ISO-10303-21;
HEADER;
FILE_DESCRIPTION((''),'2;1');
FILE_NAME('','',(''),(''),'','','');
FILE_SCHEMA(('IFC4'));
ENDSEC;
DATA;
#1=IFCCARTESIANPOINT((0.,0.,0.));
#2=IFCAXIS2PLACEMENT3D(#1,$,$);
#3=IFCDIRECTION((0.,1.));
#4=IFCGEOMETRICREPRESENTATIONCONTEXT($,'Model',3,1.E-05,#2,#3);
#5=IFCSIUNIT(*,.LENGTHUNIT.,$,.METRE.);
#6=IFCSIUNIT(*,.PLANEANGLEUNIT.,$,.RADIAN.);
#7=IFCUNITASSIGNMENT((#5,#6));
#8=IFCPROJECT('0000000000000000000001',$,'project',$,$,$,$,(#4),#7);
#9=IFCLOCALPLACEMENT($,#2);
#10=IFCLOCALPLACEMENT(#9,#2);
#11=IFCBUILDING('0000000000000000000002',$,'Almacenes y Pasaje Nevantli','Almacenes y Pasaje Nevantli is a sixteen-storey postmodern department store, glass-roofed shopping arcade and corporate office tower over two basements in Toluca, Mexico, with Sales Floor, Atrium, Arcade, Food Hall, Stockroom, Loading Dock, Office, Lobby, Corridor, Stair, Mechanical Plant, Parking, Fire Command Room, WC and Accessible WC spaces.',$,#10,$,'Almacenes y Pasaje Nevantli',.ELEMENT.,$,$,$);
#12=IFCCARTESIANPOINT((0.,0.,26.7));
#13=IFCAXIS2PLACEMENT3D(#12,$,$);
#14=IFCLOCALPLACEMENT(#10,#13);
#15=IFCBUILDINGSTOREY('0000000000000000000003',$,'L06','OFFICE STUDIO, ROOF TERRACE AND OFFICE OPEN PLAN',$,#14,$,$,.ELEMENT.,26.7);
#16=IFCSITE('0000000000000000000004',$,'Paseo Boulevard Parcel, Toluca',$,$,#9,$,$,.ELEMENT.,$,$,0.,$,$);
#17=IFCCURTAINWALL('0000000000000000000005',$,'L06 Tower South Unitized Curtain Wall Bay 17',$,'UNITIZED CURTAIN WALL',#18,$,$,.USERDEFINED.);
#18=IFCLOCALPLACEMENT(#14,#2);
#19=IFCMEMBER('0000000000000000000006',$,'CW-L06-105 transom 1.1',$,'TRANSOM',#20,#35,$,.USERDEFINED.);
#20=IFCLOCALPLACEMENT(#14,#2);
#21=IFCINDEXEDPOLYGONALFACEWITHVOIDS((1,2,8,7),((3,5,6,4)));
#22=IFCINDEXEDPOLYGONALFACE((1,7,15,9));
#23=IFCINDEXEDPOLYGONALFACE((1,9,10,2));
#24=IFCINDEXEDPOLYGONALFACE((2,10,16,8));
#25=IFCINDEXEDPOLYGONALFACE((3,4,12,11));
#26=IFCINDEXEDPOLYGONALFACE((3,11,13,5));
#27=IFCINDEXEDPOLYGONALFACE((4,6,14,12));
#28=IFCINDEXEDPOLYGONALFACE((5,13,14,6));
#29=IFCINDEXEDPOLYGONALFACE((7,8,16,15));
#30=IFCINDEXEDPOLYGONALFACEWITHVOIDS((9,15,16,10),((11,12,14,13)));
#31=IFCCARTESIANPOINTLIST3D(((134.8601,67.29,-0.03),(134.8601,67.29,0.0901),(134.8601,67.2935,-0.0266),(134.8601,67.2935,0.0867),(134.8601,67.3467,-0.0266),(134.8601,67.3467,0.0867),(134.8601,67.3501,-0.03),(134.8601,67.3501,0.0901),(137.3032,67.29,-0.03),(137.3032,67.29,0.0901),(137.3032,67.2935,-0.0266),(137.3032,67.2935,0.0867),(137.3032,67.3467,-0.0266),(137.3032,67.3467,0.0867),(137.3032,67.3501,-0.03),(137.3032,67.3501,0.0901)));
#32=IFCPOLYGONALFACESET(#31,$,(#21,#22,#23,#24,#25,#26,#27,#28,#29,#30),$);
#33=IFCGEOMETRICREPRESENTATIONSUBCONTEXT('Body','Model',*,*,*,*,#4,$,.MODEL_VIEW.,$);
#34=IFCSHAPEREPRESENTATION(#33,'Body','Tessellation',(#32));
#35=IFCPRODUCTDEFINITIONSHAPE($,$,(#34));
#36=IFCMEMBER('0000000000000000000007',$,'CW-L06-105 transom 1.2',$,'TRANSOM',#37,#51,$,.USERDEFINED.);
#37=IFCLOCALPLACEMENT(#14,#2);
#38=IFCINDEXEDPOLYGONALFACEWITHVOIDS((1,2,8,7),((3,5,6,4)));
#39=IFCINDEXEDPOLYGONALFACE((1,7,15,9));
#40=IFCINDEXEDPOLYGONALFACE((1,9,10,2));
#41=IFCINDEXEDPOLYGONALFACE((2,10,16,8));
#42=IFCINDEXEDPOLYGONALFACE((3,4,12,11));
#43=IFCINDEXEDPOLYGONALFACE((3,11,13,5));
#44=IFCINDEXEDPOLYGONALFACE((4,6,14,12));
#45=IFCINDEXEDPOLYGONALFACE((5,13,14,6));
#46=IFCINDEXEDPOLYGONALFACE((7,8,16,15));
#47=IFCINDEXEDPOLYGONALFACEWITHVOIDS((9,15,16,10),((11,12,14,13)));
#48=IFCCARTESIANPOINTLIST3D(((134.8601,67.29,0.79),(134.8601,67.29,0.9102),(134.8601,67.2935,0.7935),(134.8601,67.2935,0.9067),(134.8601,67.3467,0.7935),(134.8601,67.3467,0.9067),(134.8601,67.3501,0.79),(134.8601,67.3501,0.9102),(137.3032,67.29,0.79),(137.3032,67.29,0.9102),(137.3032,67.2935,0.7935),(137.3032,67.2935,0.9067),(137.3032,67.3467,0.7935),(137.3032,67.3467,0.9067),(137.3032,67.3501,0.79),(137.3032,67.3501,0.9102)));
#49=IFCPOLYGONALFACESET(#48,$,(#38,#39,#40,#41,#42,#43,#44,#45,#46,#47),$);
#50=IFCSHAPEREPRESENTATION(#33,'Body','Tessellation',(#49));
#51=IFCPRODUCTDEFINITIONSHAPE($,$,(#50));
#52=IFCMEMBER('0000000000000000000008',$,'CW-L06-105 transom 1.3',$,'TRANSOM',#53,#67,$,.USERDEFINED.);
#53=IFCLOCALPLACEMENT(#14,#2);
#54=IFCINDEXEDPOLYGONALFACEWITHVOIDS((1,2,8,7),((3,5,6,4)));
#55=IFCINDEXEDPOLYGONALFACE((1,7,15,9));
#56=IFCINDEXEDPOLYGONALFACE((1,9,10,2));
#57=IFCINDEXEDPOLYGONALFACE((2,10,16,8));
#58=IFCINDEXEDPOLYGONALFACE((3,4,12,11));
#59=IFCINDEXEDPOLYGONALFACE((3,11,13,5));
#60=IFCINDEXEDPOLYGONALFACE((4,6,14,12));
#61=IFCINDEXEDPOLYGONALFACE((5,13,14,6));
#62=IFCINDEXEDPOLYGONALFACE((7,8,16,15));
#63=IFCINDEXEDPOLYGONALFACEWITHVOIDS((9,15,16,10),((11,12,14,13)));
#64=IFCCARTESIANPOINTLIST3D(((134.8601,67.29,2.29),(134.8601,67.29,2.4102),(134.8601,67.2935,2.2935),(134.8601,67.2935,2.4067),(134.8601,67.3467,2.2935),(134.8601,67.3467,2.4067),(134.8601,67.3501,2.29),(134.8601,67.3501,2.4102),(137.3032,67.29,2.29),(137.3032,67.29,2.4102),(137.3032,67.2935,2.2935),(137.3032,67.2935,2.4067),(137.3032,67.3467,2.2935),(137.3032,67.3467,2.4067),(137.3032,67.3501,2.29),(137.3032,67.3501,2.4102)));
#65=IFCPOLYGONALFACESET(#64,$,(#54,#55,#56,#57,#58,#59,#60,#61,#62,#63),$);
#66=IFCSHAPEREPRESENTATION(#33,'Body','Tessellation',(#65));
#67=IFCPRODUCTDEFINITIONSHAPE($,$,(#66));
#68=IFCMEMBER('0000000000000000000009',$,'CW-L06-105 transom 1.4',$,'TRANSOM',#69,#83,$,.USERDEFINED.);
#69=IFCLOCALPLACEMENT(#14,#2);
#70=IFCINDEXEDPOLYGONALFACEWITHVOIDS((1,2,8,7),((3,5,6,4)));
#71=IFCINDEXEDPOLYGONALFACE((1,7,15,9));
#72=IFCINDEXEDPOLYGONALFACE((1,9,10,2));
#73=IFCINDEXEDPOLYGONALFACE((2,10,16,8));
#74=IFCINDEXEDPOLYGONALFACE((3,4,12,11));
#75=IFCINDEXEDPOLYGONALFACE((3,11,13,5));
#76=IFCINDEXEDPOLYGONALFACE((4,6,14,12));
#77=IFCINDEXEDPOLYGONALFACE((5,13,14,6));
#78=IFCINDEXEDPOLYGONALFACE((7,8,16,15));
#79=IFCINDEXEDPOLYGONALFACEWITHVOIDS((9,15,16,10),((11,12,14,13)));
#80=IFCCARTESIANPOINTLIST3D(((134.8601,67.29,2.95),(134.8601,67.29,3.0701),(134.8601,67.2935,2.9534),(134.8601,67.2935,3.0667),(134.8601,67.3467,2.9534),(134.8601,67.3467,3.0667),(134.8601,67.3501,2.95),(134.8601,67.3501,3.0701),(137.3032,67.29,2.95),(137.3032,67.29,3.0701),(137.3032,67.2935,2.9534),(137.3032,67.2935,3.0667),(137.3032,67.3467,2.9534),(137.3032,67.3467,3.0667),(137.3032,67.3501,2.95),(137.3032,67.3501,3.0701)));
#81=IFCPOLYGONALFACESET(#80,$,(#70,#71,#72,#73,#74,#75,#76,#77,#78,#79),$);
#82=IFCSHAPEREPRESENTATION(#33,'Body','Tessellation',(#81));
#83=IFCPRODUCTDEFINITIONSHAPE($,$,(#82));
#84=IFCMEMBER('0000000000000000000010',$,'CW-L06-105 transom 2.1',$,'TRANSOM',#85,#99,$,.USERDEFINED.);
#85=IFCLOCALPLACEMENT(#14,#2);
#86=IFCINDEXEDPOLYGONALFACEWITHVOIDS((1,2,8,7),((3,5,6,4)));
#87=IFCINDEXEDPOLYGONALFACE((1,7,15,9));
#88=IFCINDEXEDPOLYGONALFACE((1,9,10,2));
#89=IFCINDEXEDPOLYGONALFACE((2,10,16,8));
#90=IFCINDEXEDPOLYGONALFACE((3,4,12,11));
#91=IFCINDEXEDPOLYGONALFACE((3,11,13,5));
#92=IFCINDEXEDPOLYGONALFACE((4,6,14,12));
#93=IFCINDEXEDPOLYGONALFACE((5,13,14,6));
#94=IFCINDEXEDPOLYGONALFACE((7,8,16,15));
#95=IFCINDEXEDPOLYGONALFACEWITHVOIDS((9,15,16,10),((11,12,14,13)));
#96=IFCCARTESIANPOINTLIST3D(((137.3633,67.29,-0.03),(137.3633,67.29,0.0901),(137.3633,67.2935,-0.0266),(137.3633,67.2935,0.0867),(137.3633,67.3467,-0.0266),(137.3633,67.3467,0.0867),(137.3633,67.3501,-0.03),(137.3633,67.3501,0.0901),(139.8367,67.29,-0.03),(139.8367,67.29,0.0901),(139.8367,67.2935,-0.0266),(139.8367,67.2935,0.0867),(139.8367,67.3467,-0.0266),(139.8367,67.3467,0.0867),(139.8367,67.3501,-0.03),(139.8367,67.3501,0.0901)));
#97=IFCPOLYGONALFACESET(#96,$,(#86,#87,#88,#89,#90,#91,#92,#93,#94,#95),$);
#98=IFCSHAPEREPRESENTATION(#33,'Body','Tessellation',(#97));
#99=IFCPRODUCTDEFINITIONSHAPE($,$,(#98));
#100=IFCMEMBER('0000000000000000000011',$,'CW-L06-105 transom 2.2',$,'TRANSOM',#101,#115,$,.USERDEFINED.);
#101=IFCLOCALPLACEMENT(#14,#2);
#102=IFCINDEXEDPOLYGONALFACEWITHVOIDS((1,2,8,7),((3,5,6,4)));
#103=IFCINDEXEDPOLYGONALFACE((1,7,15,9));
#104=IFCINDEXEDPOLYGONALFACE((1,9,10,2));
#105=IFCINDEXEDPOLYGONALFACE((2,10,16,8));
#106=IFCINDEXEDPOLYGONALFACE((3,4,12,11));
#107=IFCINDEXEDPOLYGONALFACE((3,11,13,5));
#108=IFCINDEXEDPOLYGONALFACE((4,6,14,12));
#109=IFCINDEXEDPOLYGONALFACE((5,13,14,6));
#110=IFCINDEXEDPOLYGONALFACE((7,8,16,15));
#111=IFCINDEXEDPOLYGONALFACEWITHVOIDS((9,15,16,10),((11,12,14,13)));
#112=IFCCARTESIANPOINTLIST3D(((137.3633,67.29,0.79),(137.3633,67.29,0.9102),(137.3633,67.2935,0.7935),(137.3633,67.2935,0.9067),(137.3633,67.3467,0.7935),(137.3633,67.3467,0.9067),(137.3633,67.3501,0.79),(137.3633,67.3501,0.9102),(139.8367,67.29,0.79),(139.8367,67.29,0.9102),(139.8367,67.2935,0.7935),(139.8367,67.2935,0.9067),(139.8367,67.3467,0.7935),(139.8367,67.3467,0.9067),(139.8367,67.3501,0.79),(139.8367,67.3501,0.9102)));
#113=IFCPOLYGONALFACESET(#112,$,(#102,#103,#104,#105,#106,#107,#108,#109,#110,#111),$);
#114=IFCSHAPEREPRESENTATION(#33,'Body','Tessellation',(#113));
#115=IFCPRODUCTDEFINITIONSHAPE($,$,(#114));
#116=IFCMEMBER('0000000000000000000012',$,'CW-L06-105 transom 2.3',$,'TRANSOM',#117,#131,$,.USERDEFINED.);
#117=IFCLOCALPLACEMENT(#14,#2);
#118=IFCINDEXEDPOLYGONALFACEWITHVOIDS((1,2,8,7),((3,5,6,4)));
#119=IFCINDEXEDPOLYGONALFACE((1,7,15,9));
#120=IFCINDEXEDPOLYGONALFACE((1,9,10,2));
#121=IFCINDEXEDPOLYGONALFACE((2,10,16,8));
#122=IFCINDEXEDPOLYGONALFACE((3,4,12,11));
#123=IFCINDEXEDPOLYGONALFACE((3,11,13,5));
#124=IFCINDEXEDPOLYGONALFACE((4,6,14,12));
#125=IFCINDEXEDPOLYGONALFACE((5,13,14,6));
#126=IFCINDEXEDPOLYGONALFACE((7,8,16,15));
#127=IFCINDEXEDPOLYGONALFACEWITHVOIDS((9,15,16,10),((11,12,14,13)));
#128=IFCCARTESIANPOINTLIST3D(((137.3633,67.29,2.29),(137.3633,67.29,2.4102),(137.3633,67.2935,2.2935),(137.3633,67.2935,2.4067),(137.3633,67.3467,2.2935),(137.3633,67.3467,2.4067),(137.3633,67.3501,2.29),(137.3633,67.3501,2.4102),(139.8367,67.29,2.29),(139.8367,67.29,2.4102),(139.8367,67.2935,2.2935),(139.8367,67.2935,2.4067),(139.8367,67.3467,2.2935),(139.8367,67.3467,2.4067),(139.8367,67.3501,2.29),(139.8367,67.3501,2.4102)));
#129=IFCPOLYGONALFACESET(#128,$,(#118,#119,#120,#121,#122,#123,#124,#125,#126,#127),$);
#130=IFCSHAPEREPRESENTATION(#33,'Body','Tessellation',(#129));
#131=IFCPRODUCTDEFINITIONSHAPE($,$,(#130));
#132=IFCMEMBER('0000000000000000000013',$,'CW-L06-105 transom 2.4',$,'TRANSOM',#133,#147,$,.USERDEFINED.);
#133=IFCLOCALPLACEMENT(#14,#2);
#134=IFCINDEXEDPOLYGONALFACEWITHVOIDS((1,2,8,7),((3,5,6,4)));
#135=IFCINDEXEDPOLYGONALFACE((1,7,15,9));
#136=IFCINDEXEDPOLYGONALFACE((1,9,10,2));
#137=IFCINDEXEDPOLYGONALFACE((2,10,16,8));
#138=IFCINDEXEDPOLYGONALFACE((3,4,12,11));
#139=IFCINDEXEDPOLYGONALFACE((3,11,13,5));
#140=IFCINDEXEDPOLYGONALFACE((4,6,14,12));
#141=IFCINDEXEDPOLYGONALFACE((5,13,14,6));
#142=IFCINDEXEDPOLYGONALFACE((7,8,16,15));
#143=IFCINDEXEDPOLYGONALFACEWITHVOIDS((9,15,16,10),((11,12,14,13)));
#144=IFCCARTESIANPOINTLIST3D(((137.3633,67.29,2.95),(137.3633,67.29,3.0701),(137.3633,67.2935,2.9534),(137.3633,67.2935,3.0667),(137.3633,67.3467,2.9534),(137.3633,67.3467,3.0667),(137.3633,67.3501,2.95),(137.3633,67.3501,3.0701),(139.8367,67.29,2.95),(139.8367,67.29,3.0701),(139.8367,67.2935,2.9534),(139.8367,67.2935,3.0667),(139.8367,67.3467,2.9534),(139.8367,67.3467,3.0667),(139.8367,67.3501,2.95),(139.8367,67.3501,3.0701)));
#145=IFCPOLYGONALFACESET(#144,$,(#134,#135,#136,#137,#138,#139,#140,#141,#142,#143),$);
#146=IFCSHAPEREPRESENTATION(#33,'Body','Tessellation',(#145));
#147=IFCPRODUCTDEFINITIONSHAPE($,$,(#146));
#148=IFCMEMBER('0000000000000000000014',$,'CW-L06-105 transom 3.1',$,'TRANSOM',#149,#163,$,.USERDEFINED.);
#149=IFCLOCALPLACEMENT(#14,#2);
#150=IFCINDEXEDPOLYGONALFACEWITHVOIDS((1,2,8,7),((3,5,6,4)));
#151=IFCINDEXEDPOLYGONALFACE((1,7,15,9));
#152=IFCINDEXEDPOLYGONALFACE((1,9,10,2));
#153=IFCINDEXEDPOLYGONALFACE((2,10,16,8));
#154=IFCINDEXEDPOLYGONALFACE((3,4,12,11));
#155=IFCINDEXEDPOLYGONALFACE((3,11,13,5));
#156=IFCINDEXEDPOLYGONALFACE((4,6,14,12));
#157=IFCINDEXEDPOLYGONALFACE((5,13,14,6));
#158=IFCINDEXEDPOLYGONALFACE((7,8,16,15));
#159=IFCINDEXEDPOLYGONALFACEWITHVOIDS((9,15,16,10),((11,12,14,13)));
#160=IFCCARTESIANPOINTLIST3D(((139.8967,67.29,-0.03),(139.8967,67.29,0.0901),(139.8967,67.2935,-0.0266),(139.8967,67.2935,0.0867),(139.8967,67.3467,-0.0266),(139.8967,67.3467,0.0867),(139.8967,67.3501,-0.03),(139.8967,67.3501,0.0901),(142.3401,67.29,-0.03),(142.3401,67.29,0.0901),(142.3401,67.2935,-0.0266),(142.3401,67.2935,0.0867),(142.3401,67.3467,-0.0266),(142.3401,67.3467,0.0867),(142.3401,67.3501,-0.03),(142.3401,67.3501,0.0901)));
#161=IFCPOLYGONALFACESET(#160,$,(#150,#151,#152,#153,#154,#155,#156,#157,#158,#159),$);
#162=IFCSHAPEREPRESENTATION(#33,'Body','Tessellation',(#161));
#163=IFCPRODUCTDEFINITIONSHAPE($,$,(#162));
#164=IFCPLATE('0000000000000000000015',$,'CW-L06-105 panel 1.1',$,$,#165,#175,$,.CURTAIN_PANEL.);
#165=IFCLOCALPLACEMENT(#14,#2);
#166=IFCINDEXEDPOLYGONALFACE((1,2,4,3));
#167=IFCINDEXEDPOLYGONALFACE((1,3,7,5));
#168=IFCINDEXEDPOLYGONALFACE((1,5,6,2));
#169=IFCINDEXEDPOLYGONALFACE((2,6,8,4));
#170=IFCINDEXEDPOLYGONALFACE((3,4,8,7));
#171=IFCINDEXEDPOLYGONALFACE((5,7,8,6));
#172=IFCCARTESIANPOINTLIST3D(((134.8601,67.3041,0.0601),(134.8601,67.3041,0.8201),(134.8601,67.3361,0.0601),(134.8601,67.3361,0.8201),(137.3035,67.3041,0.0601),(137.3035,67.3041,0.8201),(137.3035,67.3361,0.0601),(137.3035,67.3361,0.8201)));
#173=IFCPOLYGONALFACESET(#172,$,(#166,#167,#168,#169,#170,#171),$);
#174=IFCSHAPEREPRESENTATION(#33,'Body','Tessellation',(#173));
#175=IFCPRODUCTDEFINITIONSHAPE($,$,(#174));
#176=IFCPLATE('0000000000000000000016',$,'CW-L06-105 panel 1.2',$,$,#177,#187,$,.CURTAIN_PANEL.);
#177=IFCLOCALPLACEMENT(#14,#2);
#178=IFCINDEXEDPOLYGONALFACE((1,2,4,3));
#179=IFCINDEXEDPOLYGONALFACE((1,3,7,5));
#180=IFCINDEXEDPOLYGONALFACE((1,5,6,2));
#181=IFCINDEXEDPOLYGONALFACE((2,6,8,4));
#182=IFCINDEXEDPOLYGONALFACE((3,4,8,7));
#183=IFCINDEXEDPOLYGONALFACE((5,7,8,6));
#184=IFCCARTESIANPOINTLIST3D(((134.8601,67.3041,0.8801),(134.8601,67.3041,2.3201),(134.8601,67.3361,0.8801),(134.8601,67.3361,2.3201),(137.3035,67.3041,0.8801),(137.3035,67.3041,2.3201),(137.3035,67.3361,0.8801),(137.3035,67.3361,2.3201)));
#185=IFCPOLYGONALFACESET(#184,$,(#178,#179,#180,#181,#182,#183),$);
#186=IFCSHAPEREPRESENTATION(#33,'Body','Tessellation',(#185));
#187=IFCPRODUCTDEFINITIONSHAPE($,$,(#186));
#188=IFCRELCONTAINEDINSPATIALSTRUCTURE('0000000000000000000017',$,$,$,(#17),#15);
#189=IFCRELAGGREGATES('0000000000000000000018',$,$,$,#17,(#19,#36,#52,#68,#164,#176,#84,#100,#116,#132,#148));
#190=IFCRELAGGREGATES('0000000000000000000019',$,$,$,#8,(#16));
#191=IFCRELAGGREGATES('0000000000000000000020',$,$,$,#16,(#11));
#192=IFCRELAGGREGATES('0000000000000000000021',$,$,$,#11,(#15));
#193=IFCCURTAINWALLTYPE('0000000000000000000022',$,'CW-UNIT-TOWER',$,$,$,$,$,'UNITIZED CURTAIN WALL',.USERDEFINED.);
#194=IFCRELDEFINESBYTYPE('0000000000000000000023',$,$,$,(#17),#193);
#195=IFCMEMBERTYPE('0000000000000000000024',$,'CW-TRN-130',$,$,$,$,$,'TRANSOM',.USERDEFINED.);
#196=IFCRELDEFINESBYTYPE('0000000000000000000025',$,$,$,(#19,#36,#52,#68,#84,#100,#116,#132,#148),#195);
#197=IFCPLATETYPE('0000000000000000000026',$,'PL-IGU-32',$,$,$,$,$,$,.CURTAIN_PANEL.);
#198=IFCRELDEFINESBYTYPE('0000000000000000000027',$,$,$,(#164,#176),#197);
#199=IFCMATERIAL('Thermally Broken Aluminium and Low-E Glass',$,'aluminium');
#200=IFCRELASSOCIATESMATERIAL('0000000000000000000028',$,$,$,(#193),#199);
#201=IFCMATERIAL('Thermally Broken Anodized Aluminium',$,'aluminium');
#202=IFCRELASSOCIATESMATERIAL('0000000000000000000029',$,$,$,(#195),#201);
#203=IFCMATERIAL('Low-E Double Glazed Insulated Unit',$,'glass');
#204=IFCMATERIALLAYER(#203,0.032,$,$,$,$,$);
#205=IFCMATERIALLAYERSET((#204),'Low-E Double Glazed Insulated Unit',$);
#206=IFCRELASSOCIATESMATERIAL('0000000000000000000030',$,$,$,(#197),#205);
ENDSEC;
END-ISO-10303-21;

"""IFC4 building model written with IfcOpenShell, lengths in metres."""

from ifc_helpers import new_model, si_unit, direction, frame, origin, origin_2d, place, context, subcontext, project, spatial, rectangle, hollow_rectangle, extrude, material, layer, layer_set, material_profile, profile_set, type_object, element, aggregate, save


model = new_model("IFC4")

# Units and contexts
model_context = context("Model", 3, precision=1e-05, world=origin(), true_north=direction((0.0, 1.0)))
body_context = subcontext(model_context, "Body", "Model", "MODEL_VIEW")
ifc_project = project(units=[si_unit("LENGTHUNIT", "METRE"), si_unit("PLANEANGLEUNIT", "RADIAN")], contexts=[model_context])

# Site, building, storey
site_placement = place(None, origin())
site = spatial("IfcSite", under=ifc_project, at=site_placement, Name="Paseo Boulevard Parcel, Toluca", CompositionType="ELEMENT", RefElevation=0.0)
building_placement = place(site_placement, origin())
building = spatial("IfcBuilding", under=site, at=building_placement, Name="Almacenes y Pasaje Nevantli", Description="Almacenes y Pasaje Nevantli is a sixteen-storey postmodern department store, glass-roofed shopping arcade and corporate office tower over two basements in Toluca, Mexico, with Sales Floor, Atrium, Arcade, Food Hall, Stockroom, Loading Dock, Office, Lobby, Corridor, Stair, Mechanical Plant, Parking, Fire Command Room, WC and Accessible WC spaces.", LongName="Almacenes y Pasaje Nevantli", CompositionType="ELEMENT")
storey_placement = place(building_placement, frame((0.0, 0.0, 26.7)))
storey = spatial("IfcBuildingStorey", under=building, at=storey_placement, Name="L06", Description="OFFICE STUDIO, ROOF TERRACE AND OFFICE OPEN PLAN", CompositionType="ELEMENT", Elevation=26.7)

# Curtain wall, members, plates
ifc_material_1 = material(Name="Thermally Broken Aluminium and Low-E Glass", Category="aluminium")
curtain_wall_type = type_object("IfcCurtainWallType", Name="CW-UNIT-TOWER", ElementType="UNITIZED CURTAIN WALL", PredefinedType="USERDEFINED", material=ifc_material_1)
curtain_wall_placement = place(storey_placement, origin())
curtain_wall = element("IfcCurtainWall", 1, at=curtain_wall_placement, inside=storey, type_object=curtain_wall_type, Name="L06 Tower South Unitized Curtain Wall Bay 17", ObjectType="UNITIZED CURTAIN WALL", PredefinedType="USERDEFINED")
ifc_material_2 = material(Name="Thermally Broken Anodized Aluminium", Category="aluminium")
ifc_material_profile_1 = material_profile(ifc_material_2, hollow_rectangle(XDim=0.0601, YDim=0.1201, WallThickness=0.0034, at=origin_2d()), Name="ALU-TRN-60x120")
ifc_profile_set_1 = profile_set([ifc_material_profile_1], Name="Thermally Broken Anodized Aluminium")
member_type_1 = type_object("IfcMemberType", Name="CW-TRN-130", ElementType="TRANSOM", PredefinedType="USERDEFINED", material=ifc_profile_set_1)
member_1_placement = place(storey_placement, frame((134.8601, 67.3201, 0.03), z_axis=(1.0, 0.0, 0.0), x_axis=(0.0, 1.0, 0.0)))
member_1 = element("IfcMember", 2, at=member_1_placement, type_object=member_type_1, Name="CW-L06-105 transom 1.1", ObjectType="TRANSOM", PredefinedType="USERDEFINED", context=body_context, shape_type="SweptSolid", body=[
    extrude(hollow_rectangle(XDim=0.0601, YDim=0.1201, WallThickness=0.0034, at=origin_2d()), origin(), (0.0, 0.0, 1.0), 2.4431),
])
member_2_placement = place(storey_placement, frame((134.8601, 67.3201, 0.8501), z_axis=(1.0, 0.0, 0.0), x_axis=(0.0, 1.0, 0.0)))
member_2 = element("IfcMember", 3, at=member_2_placement, type_object=member_type_1, Name="CW-L06-105 transom 1.2", ObjectType="TRANSOM", PredefinedType="USERDEFINED", context=body_context, shape_type="SweptSolid", body=[
    extrude(hollow_rectangle(XDim=0.0601, YDim=0.1201, WallThickness=0.0034, at=origin_2d()), origin(), (0.0, 0.0, 1.0), 2.4431),
])
member_3_placement = place(storey_placement, frame((134.8601, 67.3201, 2.3501), z_axis=(1.0, 0.0, 0.0), x_axis=(0.0, 1.0, 0.0)))
member_3 = element("IfcMember", 4, at=member_3_placement, type_object=member_type_1, Name="CW-L06-105 transom 1.3", ObjectType="TRANSOM", PredefinedType="USERDEFINED", context=body_context, shape_type="SweptSolid", body=[
    extrude(hollow_rectangle(XDim=0.0601, YDim=0.1201, WallThickness=0.0034, at=origin_2d()), origin(), (0.0, 0.0, 1.0), 2.4431),
])
member_4_placement = place(storey_placement, frame((134.8601, 67.3201, 3.01), z_axis=(1.0, 0.0, 0.0), x_axis=(0.0, 1.0, 0.0)))
member_4 = element("IfcMember", 5, at=member_4_placement, type_object=member_type_1, Name="CW-L06-105 transom 1.4", ObjectType="TRANSOM", PredefinedType="USERDEFINED", context=body_context, shape_type="SweptSolid", body=[
    extrude(hollow_rectangle(XDim=0.0601, YDim=0.1201, WallThickness=0.0034, at=origin_2d()), origin(), (0.0, 0.0, 1.0), 2.4431),
])
member_5_placement = place(storey_placement, frame((137.3633, 67.3201, 0.03), z_axis=(1.0, 0.0, 0.0), x_axis=(0.0, 1.0, 0.0)))
member_5 = element("IfcMember", 6, at=member_5_placement, type_object=member_type_1, Name="CW-L06-105 transom 2.1", ObjectType="TRANSOM", PredefinedType="USERDEFINED", context=body_context, shape_type="SweptSolid", body=[
    extrude(hollow_rectangle(XDim=0.0601, YDim=0.1201, WallThickness=0.0034, at=origin_2d()), origin(), (0.0, 0.0, 1.0), 2.4734),
])
member_6_placement = place(storey_placement, frame((137.3633, 67.3201, 0.8501), z_axis=(1.0, 0.0, 0.0), x_axis=(0.0, 1.0, 0.0)))
member_6 = element("IfcMember", 7, at=member_6_placement, type_object=member_type_1, Name="CW-L06-105 transom 2.2", ObjectType="TRANSOM", PredefinedType="USERDEFINED", context=body_context, shape_type="SweptSolid", body=[
    extrude(hollow_rectangle(XDim=0.0601, YDim=0.1201, WallThickness=0.0034, at=origin_2d()), origin(), (0.0, 0.0, 1.0), 2.4734),
])
member_7_placement = place(storey_placement, frame((137.3633, 67.3201, 2.3501), z_axis=(1.0, 0.0, 0.0), x_axis=(0.0, 1.0, 0.0)))
member_7 = element("IfcMember", 8, at=member_7_placement, type_object=member_type_1, Name="CW-L06-105 transom 2.3", ObjectType="TRANSOM", PredefinedType="USERDEFINED", context=body_context, shape_type="SweptSolid", body=[
    extrude(hollow_rectangle(XDim=0.0601, YDim=0.1201, WallThickness=0.0034, at=origin_2d()), origin(), (0.0, 0.0, 1.0), 2.4734),
])
member_8_placement = place(storey_placement, frame((137.3633, 67.3201, 3.01), z_axis=(1.0, 0.0, 0.0), x_axis=(0.0, 1.0, 0.0)))
member_8 = element("IfcMember", 9, at=member_8_placement, type_object=member_type_1, Name="CW-L06-105 transom 2.4", ObjectType="TRANSOM", PredefinedType="USERDEFINED", context=body_context, shape_type="SweptSolid", body=[
    extrude(hollow_rectangle(XDim=0.0601, YDim=0.1201, WallThickness=0.0034, at=origin_2d()), origin(), (0.0, 0.0, 1.0), 2.4734),
])
member_9_placement = place(storey_placement, frame((139.8967, 67.3201, 0.03), z_axis=(1.0, 0.0, 0.0), x_axis=(0.0, 1.0, 0.0)))
member_9 = element("IfcMember", 10, at=member_9_placement, type_object=member_type_1, Name="CW-L06-105 transom 3.1", ObjectType="TRANSOM", PredefinedType="USERDEFINED", context=body_context, shape_type="SweptSolid", body=[
    extrude(hollow_rectangle(XDim=0.0601, YDim=0.1201, WallThickness=0.0034, at=origin_2d()), origin(), (0.0, 0.0, 1.0), 2.4434),
])
ifc_material_3 = material(Name="Low-E Double Glazed Insulated Unit", Category="glass")
ifc_layer_1 = layer(ifc_material_3, 0.032)
ifc_layer_set_1 = layer_set([ifc_layer_1], Name="Low-E Double Glazed Insulated Unit")
plate_type = type_object("IfcPlateType", Name="PL-IGU-32", PredefinedType="CURTAIN_PANEL", material=ifc_layer_set_1)
plate_1_placement = place(storey_placement, frame((136.0818, 67.3201, 0.0601), z_axis=(0.0, 0.0, 1.0), x_axis=(1.0, 0.0, 0.0)))
plate_1 = element("IfcPlate", 11, at=plate_1_placement, type_object=plate_type, Name="CW-L06-105 panel 1.1", PredefinedType="CURTAIN_PANEL", context=body_context, shape_type="SweptSolid", body=[
    extrude(rectangle(XDim=2.4434, YDim=0.032, at=origin_2d()), origin(), (0.0, 0.0, 1.0), 0.76),
])
plate_2_placement = place(storey_placement, frame((136.0818, 67.3201, 0.8801), z_axis=(0.0, 0.0, 1.0), x_axis=(1.0, 0.0, 0.0)))
plate_2 = element("IfcPlate", 12, at=plate_2_placement, type_object=plate_type, Name="CW-L06-105 panel 1.2", PredefinedType="CURTAIN_PANEL", context=body_context, shape_type="SweptSolid", body=[
    extrude(rectangle(XDim=2.4434, YDim=0.032, at=origin_2d()), origin(), (0.0, 0.0, 1.0), 1.4399),
])
aggregate(curtain_wall, [member_1, member_2, member_3, member_4, plate_1, plate_2, member_5, member_6, member_7, member_8, member_9])

save(model, "model.ifc")
